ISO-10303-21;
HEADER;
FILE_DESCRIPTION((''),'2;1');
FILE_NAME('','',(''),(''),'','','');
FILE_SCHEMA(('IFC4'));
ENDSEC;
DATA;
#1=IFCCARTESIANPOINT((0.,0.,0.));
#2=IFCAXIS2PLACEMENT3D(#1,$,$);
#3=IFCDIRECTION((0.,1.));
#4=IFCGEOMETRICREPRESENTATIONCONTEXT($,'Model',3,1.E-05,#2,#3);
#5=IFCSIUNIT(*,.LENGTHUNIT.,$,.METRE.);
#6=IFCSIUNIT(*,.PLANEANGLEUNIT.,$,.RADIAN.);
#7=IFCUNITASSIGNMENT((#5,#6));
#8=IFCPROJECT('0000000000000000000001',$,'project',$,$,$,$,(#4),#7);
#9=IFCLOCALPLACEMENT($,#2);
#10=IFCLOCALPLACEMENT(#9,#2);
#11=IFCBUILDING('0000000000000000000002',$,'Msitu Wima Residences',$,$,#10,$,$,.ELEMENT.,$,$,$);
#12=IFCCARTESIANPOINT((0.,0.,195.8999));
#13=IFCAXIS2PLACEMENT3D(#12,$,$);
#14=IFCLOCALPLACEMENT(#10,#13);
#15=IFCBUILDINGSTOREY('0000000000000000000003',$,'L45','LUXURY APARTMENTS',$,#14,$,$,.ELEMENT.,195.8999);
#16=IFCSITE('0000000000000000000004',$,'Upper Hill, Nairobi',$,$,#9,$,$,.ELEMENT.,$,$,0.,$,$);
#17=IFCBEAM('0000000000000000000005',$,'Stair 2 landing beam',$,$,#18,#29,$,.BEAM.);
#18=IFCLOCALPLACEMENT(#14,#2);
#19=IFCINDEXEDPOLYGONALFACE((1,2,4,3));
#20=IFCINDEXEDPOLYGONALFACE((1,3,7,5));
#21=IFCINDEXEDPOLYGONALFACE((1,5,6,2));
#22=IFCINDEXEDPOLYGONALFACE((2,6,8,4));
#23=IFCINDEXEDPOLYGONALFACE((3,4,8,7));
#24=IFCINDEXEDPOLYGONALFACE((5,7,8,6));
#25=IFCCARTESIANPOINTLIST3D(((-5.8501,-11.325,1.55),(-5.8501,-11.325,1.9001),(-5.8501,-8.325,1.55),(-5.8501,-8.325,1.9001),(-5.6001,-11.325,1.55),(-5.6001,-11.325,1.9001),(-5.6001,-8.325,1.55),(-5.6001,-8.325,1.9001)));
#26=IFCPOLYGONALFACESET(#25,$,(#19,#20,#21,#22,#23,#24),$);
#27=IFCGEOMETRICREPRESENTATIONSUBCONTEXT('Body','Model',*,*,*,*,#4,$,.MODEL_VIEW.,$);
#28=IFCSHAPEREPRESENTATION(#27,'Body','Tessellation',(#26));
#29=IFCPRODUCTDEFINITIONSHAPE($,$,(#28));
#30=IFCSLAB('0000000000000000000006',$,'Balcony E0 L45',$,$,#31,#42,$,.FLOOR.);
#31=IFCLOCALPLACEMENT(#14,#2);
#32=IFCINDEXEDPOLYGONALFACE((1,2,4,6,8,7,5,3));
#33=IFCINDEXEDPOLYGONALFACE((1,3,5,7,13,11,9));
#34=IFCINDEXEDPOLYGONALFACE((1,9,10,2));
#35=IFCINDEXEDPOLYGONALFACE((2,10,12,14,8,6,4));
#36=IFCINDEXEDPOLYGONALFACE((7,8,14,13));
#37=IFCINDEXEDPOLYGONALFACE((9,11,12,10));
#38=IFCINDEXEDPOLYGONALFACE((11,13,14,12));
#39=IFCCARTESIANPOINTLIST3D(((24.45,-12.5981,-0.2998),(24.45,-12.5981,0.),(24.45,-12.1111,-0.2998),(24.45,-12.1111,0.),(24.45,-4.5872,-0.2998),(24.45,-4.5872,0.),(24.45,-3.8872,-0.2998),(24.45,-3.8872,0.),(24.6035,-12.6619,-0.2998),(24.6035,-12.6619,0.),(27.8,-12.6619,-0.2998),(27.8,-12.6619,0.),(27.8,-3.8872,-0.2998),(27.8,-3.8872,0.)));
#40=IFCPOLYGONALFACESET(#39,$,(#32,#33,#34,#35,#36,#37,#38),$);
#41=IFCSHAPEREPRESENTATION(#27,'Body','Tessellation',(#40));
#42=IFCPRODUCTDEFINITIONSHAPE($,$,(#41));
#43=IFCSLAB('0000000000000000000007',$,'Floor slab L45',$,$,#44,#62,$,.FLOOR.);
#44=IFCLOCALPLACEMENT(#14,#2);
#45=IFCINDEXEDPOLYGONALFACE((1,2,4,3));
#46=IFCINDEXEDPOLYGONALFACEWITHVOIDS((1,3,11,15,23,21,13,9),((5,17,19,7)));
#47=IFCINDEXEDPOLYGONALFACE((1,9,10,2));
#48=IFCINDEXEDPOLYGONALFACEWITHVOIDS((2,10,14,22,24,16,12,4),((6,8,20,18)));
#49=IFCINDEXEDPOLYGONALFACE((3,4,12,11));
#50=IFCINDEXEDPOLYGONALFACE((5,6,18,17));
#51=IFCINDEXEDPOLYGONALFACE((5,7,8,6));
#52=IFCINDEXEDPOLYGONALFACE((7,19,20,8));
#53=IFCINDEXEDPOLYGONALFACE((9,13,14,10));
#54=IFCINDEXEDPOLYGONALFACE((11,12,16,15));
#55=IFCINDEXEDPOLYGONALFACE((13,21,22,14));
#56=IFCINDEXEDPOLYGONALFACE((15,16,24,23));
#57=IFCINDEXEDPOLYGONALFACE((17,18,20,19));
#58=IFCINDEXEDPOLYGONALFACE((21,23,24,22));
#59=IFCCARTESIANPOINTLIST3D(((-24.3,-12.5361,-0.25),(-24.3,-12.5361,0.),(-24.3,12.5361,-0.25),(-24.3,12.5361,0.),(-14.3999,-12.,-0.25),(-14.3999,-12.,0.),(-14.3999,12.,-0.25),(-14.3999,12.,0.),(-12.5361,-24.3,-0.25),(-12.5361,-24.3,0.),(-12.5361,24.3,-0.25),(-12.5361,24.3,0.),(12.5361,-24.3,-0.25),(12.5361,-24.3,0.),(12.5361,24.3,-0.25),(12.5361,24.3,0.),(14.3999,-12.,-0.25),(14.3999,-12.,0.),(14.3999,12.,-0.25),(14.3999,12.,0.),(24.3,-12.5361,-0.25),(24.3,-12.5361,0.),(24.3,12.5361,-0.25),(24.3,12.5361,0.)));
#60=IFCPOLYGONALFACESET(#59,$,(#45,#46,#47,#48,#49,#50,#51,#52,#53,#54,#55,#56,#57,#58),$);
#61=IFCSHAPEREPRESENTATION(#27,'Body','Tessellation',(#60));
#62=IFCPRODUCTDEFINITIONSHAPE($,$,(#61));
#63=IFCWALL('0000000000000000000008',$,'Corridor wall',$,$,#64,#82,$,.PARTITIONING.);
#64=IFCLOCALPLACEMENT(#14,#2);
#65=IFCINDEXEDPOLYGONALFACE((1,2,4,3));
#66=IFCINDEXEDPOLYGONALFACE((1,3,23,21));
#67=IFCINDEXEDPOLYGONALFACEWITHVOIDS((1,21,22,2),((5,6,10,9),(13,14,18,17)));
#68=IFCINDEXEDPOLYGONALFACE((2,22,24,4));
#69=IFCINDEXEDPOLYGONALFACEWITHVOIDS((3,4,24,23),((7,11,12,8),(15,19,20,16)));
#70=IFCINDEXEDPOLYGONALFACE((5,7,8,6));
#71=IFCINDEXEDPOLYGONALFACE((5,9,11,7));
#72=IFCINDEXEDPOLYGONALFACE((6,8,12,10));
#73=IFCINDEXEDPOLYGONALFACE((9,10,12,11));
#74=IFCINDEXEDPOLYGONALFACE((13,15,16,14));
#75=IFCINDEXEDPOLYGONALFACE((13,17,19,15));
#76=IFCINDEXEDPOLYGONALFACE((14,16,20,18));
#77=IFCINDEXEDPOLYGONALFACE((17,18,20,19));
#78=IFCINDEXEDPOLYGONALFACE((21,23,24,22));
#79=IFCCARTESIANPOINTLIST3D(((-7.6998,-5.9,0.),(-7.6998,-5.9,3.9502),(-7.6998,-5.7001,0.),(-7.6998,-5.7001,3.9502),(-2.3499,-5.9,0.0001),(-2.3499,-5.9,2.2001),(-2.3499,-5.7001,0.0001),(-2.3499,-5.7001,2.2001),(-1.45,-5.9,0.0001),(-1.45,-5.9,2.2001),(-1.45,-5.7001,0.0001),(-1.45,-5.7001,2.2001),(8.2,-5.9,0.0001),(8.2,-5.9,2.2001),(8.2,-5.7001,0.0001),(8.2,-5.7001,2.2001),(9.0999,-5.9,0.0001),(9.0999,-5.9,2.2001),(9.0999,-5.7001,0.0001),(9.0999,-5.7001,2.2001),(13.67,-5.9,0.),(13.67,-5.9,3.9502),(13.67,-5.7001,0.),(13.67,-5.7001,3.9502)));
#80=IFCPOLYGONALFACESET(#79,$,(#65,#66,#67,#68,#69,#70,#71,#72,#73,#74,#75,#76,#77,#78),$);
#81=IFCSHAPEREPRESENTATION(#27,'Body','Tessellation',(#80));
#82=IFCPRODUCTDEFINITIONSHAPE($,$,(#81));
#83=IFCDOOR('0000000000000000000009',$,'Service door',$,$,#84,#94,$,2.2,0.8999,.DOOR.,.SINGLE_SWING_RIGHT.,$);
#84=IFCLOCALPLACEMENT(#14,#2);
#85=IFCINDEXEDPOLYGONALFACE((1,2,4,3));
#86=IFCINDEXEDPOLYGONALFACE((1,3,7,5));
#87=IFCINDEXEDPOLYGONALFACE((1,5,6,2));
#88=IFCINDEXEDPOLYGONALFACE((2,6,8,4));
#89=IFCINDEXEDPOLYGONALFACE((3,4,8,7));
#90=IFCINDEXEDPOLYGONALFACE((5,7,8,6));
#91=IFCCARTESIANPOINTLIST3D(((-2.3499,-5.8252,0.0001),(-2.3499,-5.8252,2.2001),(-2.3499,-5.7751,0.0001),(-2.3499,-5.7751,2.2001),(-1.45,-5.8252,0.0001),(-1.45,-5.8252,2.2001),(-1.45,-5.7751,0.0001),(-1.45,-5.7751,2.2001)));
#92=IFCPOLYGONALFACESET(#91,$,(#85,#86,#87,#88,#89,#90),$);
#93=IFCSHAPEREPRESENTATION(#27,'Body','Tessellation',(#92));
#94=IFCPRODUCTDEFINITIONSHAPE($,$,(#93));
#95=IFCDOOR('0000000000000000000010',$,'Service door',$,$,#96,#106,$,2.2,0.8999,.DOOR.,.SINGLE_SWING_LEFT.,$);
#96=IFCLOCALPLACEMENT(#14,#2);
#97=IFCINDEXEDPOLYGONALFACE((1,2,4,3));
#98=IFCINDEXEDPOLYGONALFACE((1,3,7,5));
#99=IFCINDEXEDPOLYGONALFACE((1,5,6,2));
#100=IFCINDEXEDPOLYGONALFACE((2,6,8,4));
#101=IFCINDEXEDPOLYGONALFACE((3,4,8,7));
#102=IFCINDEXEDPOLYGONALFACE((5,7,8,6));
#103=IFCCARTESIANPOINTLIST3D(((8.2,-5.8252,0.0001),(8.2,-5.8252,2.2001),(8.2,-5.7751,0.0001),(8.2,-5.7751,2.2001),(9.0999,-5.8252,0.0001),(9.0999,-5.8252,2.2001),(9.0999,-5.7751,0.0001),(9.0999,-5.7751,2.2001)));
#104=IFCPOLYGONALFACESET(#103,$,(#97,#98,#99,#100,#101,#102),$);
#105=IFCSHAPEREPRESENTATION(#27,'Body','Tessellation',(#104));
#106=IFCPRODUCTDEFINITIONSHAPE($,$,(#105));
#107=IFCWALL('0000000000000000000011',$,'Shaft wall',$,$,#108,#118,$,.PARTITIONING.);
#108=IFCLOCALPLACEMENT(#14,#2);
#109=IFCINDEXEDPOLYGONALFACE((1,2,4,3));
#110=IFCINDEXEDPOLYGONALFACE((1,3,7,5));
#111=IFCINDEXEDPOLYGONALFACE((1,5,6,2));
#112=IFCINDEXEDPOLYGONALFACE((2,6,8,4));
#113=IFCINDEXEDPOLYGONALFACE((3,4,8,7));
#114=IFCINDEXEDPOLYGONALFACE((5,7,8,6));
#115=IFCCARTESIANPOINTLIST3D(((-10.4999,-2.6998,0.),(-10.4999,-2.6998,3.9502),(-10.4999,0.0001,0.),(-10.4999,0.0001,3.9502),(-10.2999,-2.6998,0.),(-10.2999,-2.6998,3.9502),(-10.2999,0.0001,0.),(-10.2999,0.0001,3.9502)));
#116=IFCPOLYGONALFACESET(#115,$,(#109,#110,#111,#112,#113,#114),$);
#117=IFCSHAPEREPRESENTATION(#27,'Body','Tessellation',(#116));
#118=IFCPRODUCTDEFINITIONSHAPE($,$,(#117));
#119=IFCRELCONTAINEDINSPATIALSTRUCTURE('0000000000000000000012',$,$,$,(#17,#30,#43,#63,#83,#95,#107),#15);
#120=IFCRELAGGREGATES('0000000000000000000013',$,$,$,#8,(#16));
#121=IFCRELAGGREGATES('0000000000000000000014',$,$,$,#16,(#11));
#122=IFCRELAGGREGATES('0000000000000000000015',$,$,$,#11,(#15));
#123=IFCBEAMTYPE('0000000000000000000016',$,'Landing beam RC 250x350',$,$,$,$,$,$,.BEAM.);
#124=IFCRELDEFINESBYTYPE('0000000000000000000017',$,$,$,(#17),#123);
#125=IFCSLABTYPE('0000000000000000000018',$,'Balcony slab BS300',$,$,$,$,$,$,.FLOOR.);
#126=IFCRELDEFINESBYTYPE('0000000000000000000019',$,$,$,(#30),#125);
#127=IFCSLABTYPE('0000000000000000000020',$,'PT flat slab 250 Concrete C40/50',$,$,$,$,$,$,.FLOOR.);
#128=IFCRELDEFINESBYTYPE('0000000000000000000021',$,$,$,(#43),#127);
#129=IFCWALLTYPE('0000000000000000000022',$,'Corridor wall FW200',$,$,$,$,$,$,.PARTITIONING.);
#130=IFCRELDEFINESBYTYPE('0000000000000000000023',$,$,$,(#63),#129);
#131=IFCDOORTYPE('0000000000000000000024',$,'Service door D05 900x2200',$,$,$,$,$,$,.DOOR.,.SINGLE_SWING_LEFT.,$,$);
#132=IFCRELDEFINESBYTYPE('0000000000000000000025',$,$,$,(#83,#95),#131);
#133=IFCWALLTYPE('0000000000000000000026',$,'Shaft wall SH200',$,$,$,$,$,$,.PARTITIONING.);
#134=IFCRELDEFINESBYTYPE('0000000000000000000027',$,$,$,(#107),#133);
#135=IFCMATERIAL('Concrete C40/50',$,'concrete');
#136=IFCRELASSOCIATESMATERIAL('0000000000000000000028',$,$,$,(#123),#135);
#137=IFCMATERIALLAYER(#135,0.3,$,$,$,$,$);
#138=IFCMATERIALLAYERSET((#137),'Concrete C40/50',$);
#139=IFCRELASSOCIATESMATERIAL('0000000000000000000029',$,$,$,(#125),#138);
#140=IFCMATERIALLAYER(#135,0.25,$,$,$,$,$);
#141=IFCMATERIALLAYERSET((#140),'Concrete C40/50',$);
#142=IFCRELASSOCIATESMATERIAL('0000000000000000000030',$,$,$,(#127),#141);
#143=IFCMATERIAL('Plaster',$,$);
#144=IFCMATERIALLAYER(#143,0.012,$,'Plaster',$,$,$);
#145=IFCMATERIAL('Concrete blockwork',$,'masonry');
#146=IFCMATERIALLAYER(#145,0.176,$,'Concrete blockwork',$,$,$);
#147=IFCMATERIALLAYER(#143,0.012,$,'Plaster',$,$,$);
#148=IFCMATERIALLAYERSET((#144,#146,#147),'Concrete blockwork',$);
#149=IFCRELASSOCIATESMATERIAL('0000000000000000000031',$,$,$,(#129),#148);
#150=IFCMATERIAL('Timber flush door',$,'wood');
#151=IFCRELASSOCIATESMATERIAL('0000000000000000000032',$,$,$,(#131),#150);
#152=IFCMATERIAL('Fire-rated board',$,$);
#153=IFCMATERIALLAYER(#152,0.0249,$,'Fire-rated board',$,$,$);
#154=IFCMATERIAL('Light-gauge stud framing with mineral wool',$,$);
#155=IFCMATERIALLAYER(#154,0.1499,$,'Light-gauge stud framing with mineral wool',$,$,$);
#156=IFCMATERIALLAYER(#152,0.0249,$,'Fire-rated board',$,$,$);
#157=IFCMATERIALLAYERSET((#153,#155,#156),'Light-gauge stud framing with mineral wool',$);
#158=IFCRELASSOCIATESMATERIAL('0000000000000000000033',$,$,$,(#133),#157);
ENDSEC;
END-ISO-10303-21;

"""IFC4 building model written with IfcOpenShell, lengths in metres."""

from ifc_helpers import new_model, si_unit, direction, frame, frame_2d, origin, origin_2d, place, context, subcontext, project, spatial, polyline, rectangle, outline, extrude, material, layer, layer_set, material_profile, profile_set, type_object, element, fill, save


model = new_model("IFC4")

# Units and contexts
model_context = context("Model", 3, precision=1e-05, world=origin(), true_north=direction((0.0, 1.0)))
body_context = subcontext(model_context, "Body", "Model", "MODEL_VIEW")
ifc_project = project(units=[si_unit("LENGTHUNIT", "METRE"), si_unit("PLANEANGLEUNIT", "RADIAN")], contexts=[model_context])

# Site, building, storey
site_placement = place(None, origin())
site = spatial("IfcSite", under=ifc_project, at=site_placement, Name="Upper Hill, Nairobi", CompositionType="ELEMENT", RefElevation=0.0)
building_placement = place(site_placement, origin())
building = spatial("IfcBuilding", under=site, at=building_placement, Name="Msitu Wima Residences", CompositionType="ELEMENT")
storey_placement = place(building_placement, frame((0.0, 0.0, 195.8999)))
storey = spatial("IfcBuildingStorey", under=building, at=storey_placement, Name="L45", Description="LUXURY APARTMENTS", CompositionType="ELEMENT", Elevation=195.8999)

# Beam
ifc_material_1 = material(Name="Concrete C40/50", Category="concrete")
ifc_material_profile = material_profile(ifc_material_1, rectangle(XDim=0.25, YDim=0.3501, at=origin_2d()), Name="RC 250x350")
ifc_profile_set = profile_set([ifc_material_profile], Name="Concrete C40/50")
beam_type = type_object("IfcBeamType", Name="Landing beam RC 250x350", PredefinedType="BEAM", material=ifc_profile_set)
beam_placement = place(storey_placement, frame((-5.7251, -11.325, 1.7251), z_axis=(0.0, 1.0, 0.0), x_axis=(-1.0, 0.0, 0.0)))
element("IfcBeam", 1, at=beam_placement, inside=storey, type_object=beam_type, Name="Stair 2 landing beam", PredefinedType="BEAM", context=body_context, shape_type="SweptSolid", body=[
    extrude(rectangle(XDim=0.25, YDim=0.3501, at=origin_2d()), origin(), (0.0, 0.0, 1.0), 3.0),
])

# Slabs
ifc_layer_1 = layer(ifc_material_1, 0.3)
ifc_layer_set_1 = layer_set([ifc_layer_1], Name="Concrete C40/50")
slab_type_1 = type_object("IfcSlabType", Name="Balcony slab BS300", PredefinedType="FLOOR", material=ifc_layer_set_1)
slab_1_placement = place(storey_placement, frame((0.0, 0.0, -0.2998)))
element("IfcSlab", 2, at=slab_1_placement, inside=storey, type_object=slab_type_1, Name="Balcony E0 L45", PredefinedType="FLOOR", context=body_context, shape_type="SweptSolid", body=[
    extrude(outline(polyline([(24.45, -12.1111), (24.45, -12.1111), (24.45, -4.5872), (24.45, -4.5872), (24.45, -3.8872), (27.8, -3.8872), (27.8, -12.6619), (24.6035, -12.6619), (24.45, -12.5981), (24.45, -12.1111), (24.45, -12.1111)])), origin(), (0.0, 0.0, 1.0), 0.2998),
])
ifc_layer_2 = layer(ifc_material_1, 0.25)
ifc_layer_set_2 = layer_set([ifc_layer_2], Name="Concrete C40/50")
slab_type_2 = type_object("IfcSlabType", Name="PT flat slab 250 Concrete C40/50", PredefinedType="FLOOR", material=ifc_layer_set_2)
slab_2_placement = place(storey_placement, frame((0.0, 0.0, -0.25)))
element("IfcSlab", 3, at=slab_2_placement, inside=storey, type_object=slab_type_2, Name="Floor slab L45", PredefinedType="FLOOR", context=body_context, shape_type="SweptSolid", body=[
    extrude(outline(polyline([(24.3, -12.5361), (12.5361, -24.3), (-12.5361, -24.3), (-24.3, -12.5361), (-24.3, 12.5361), (-12.5361, 24.3), (12.5361, 24.3), (24.3, 12.5361), (24.3, -12.5361)]), holes=[polyline([(-14.3999, -12.0), (14.3999, -12.0), (14.3999, 12.0), (-14.3999, 12.0), (-14.3999, -12.0)])]), origin(), (0.0, 0.0, 1.0), 0.25),
])

# Shared definitions
ifc_material_2 = material(Name="Plaster")
ifc_layer_3 = layer(ifc_material_2, 0.012, Name="Plaster")
ifc_material_3 = material(Name="Concrete blockwork", Category="masonry")
ifc_layer_4 = layer(ifc_material_3, 0.176, Name="Concrete blockwork")
ifc_layer_5 = layer(ifc_material_2, 0.012, Name="Plaster")
ifc_layer_set_3 = layer_set([ifc_layer_3, ifc_layer_4, ifc_layer_5], Name="Concrete blockwork")
wall_type_1 = type_object("IfcWallType", Name="Corridor wall FW200", PredefinedType="PARTITIONING", material=ifc_layer_set_3)

# Wall, openings, doors
wall_1_placement = place(storey_placement, frame((-7.7, -5.8, 0.0), z_axis=(0.0, 0.0, 1.0), x_axis=(1.0, 0.0, 0.0)))
wall_1 = element("IfcWall", 4, at=wall_1_placement, inside=storey, type_object=wall_type_1, Name="Corridor wall", PredefinedType="PARTITIONING", context=body_context, shape_type="SweptSolid", body=[
    extrude(rectangle(XDim=21.3699, YDim=0.2, at=frame_2d((10.6851, 0.0))), origin(), (0.0, 0.0, 1.0), 3.9502),
])
opening_1_placement = place(wall_1_placement, frame((5.3501, 0.0, 0.0)))
opening_1 = element("IfcOpeningElement", 5, at=opening_1_placement, cuts=wall_1, PredefinedType="OPENING", context=body_context, shape_type="SweptSolid", body=[
    extrude(rectangle(XDim=0.8999, YDim=2.2, at=frame_2d((0.45, 1.1001))), frame((0.0, 0.1099, 0.0), z_axis=(0.0, -1.0, 0.0), x_axis=(1.0, 0.0, 0.0)), (0.0, 0.0, 1.0), 0.22),
])
opening_2_placement = place(wall_1_placement, frame((15.8999, 0.0, 0.0)))
opening_2 = element("IfcOpeningElement", 6, at=opening_2_placement, cuts=wall_1, PredefinedType="OPENING", context=body_context, shape_type="SweptSolid", body=[
    extrude(rectangle(XDim=0.8999, YDim=2.2, at=frame_2d((0.45, 1.1001))), frame((0.0, 0.1099, 0.0), z_axis=(0.0, -1.0, 0.0), x_axis=(1.0, 0.0, 0.0)), (0.0, 0.0, 1.0), 0.22),
])
ifc_material_4 = material(Name="Timber flush door", Category="wood")
door_type_1 = type_object("IfcDoorType", Name="Service door D05 900x2200", OperationType="SINGLE_SWING_LEFT", PredefinedType="DOOR", material=ifc_material_4)
door_1_placement = place(opening_1_placement, origin())
door_1 = element("IfcDoor", 7, at=door_1_placement, inside=storey, type_object=door_type_1, Name="Service door", OperationType="SINGLE_SWING_RIGHT", OverallHeight=2.2, OverallWidth=0.8999, PredefinedType="DOOR", context=body_context, shape_type="SweptSolid", body=[
    extrude(rectangle(XDim=0.8999, YDim=2.2, at=frame_2d((0.45, 1.1001))), frame((0.0, 0.0249, 0.0), z_axis=(0.0, -1.0, 0.0), x_axis=(1.0, 0.0, 0.0)), (0.0, 0.0, 1.0), 0.05),
])
fill(opening_1, door_1)
door_2_placement = place(opening_2_placement, origin())
door_2 = element("IfcDoor", 8, at=door_2_placement, inside=storey, type_object=door_type_1, Name="Service door", OperationType="SINGLE_SWING_LEFT", OverallHeight=2.2, OverallWidth=0.8999, PredefinedType="DOOR", context=body_context, shape_type="SweptSolid", body=[
    extrude(rectangle(XDim=0.8999, YDim=2.2, at=frame_2d((0.45, 1.1001))), frame((0.0, 0.0249, 0.0), z_axis=(0.0, -1.0, 0.0), x_axis=(1.0, 0.0, 0.0)), (0.0, 0.0, 1.0), 0.05),
])
fill(opening_2, door_2)

# Wall
ifc_material_5 = material(Name="Fire-rated board")
ifc_layer_6 = layer(ifc_material_5, 0.0249, Name="Fire-rated board")
ifc_material_6 = material(Name="Light-gauge stud framing with mineral wool")
ifc_layer_7 = layer(ifc_material_6, 0.1499, Name="Light-gauge stud framing with mineral wool")
ifc_layer_8 = layer(ifc_material_5, 0.0249, Name="Fire-rated board")
ifc_layer_set_4 = layer_set([ifc_layer_6, ifc_layer_7, ifc_layer_8], Name="Light-gauge stud framing with mineral wool")
wall_type_2 = type_object("IfcWallType", Name="Shaft wall SH200", PredefinedType="PARTITIONING", material=ifc_layer_set_4)
wall_2_placement = place(storey_placement, frame((-10.3999, -2.7, 0.0), z_axis=(0.0, 0.0, 1.0), x_axis=(0.0, 1.0, 0.0)))
element("IfcWall", 9, at=wall_2_placement, inside=storey, type_object=wall_type_2, Name="Shaft wall", PredefinedType="PARTITIONING", context=body_context, shape_type="SweptSolid", body=[
    extrude(rectangle(XDim=2.7, YDim=0.2, at=frame_2d((1.3501, 0.0))), origin(), (0.0, 0.0, 1.0), 3.9502),
])

save(model, "model.ifc")
